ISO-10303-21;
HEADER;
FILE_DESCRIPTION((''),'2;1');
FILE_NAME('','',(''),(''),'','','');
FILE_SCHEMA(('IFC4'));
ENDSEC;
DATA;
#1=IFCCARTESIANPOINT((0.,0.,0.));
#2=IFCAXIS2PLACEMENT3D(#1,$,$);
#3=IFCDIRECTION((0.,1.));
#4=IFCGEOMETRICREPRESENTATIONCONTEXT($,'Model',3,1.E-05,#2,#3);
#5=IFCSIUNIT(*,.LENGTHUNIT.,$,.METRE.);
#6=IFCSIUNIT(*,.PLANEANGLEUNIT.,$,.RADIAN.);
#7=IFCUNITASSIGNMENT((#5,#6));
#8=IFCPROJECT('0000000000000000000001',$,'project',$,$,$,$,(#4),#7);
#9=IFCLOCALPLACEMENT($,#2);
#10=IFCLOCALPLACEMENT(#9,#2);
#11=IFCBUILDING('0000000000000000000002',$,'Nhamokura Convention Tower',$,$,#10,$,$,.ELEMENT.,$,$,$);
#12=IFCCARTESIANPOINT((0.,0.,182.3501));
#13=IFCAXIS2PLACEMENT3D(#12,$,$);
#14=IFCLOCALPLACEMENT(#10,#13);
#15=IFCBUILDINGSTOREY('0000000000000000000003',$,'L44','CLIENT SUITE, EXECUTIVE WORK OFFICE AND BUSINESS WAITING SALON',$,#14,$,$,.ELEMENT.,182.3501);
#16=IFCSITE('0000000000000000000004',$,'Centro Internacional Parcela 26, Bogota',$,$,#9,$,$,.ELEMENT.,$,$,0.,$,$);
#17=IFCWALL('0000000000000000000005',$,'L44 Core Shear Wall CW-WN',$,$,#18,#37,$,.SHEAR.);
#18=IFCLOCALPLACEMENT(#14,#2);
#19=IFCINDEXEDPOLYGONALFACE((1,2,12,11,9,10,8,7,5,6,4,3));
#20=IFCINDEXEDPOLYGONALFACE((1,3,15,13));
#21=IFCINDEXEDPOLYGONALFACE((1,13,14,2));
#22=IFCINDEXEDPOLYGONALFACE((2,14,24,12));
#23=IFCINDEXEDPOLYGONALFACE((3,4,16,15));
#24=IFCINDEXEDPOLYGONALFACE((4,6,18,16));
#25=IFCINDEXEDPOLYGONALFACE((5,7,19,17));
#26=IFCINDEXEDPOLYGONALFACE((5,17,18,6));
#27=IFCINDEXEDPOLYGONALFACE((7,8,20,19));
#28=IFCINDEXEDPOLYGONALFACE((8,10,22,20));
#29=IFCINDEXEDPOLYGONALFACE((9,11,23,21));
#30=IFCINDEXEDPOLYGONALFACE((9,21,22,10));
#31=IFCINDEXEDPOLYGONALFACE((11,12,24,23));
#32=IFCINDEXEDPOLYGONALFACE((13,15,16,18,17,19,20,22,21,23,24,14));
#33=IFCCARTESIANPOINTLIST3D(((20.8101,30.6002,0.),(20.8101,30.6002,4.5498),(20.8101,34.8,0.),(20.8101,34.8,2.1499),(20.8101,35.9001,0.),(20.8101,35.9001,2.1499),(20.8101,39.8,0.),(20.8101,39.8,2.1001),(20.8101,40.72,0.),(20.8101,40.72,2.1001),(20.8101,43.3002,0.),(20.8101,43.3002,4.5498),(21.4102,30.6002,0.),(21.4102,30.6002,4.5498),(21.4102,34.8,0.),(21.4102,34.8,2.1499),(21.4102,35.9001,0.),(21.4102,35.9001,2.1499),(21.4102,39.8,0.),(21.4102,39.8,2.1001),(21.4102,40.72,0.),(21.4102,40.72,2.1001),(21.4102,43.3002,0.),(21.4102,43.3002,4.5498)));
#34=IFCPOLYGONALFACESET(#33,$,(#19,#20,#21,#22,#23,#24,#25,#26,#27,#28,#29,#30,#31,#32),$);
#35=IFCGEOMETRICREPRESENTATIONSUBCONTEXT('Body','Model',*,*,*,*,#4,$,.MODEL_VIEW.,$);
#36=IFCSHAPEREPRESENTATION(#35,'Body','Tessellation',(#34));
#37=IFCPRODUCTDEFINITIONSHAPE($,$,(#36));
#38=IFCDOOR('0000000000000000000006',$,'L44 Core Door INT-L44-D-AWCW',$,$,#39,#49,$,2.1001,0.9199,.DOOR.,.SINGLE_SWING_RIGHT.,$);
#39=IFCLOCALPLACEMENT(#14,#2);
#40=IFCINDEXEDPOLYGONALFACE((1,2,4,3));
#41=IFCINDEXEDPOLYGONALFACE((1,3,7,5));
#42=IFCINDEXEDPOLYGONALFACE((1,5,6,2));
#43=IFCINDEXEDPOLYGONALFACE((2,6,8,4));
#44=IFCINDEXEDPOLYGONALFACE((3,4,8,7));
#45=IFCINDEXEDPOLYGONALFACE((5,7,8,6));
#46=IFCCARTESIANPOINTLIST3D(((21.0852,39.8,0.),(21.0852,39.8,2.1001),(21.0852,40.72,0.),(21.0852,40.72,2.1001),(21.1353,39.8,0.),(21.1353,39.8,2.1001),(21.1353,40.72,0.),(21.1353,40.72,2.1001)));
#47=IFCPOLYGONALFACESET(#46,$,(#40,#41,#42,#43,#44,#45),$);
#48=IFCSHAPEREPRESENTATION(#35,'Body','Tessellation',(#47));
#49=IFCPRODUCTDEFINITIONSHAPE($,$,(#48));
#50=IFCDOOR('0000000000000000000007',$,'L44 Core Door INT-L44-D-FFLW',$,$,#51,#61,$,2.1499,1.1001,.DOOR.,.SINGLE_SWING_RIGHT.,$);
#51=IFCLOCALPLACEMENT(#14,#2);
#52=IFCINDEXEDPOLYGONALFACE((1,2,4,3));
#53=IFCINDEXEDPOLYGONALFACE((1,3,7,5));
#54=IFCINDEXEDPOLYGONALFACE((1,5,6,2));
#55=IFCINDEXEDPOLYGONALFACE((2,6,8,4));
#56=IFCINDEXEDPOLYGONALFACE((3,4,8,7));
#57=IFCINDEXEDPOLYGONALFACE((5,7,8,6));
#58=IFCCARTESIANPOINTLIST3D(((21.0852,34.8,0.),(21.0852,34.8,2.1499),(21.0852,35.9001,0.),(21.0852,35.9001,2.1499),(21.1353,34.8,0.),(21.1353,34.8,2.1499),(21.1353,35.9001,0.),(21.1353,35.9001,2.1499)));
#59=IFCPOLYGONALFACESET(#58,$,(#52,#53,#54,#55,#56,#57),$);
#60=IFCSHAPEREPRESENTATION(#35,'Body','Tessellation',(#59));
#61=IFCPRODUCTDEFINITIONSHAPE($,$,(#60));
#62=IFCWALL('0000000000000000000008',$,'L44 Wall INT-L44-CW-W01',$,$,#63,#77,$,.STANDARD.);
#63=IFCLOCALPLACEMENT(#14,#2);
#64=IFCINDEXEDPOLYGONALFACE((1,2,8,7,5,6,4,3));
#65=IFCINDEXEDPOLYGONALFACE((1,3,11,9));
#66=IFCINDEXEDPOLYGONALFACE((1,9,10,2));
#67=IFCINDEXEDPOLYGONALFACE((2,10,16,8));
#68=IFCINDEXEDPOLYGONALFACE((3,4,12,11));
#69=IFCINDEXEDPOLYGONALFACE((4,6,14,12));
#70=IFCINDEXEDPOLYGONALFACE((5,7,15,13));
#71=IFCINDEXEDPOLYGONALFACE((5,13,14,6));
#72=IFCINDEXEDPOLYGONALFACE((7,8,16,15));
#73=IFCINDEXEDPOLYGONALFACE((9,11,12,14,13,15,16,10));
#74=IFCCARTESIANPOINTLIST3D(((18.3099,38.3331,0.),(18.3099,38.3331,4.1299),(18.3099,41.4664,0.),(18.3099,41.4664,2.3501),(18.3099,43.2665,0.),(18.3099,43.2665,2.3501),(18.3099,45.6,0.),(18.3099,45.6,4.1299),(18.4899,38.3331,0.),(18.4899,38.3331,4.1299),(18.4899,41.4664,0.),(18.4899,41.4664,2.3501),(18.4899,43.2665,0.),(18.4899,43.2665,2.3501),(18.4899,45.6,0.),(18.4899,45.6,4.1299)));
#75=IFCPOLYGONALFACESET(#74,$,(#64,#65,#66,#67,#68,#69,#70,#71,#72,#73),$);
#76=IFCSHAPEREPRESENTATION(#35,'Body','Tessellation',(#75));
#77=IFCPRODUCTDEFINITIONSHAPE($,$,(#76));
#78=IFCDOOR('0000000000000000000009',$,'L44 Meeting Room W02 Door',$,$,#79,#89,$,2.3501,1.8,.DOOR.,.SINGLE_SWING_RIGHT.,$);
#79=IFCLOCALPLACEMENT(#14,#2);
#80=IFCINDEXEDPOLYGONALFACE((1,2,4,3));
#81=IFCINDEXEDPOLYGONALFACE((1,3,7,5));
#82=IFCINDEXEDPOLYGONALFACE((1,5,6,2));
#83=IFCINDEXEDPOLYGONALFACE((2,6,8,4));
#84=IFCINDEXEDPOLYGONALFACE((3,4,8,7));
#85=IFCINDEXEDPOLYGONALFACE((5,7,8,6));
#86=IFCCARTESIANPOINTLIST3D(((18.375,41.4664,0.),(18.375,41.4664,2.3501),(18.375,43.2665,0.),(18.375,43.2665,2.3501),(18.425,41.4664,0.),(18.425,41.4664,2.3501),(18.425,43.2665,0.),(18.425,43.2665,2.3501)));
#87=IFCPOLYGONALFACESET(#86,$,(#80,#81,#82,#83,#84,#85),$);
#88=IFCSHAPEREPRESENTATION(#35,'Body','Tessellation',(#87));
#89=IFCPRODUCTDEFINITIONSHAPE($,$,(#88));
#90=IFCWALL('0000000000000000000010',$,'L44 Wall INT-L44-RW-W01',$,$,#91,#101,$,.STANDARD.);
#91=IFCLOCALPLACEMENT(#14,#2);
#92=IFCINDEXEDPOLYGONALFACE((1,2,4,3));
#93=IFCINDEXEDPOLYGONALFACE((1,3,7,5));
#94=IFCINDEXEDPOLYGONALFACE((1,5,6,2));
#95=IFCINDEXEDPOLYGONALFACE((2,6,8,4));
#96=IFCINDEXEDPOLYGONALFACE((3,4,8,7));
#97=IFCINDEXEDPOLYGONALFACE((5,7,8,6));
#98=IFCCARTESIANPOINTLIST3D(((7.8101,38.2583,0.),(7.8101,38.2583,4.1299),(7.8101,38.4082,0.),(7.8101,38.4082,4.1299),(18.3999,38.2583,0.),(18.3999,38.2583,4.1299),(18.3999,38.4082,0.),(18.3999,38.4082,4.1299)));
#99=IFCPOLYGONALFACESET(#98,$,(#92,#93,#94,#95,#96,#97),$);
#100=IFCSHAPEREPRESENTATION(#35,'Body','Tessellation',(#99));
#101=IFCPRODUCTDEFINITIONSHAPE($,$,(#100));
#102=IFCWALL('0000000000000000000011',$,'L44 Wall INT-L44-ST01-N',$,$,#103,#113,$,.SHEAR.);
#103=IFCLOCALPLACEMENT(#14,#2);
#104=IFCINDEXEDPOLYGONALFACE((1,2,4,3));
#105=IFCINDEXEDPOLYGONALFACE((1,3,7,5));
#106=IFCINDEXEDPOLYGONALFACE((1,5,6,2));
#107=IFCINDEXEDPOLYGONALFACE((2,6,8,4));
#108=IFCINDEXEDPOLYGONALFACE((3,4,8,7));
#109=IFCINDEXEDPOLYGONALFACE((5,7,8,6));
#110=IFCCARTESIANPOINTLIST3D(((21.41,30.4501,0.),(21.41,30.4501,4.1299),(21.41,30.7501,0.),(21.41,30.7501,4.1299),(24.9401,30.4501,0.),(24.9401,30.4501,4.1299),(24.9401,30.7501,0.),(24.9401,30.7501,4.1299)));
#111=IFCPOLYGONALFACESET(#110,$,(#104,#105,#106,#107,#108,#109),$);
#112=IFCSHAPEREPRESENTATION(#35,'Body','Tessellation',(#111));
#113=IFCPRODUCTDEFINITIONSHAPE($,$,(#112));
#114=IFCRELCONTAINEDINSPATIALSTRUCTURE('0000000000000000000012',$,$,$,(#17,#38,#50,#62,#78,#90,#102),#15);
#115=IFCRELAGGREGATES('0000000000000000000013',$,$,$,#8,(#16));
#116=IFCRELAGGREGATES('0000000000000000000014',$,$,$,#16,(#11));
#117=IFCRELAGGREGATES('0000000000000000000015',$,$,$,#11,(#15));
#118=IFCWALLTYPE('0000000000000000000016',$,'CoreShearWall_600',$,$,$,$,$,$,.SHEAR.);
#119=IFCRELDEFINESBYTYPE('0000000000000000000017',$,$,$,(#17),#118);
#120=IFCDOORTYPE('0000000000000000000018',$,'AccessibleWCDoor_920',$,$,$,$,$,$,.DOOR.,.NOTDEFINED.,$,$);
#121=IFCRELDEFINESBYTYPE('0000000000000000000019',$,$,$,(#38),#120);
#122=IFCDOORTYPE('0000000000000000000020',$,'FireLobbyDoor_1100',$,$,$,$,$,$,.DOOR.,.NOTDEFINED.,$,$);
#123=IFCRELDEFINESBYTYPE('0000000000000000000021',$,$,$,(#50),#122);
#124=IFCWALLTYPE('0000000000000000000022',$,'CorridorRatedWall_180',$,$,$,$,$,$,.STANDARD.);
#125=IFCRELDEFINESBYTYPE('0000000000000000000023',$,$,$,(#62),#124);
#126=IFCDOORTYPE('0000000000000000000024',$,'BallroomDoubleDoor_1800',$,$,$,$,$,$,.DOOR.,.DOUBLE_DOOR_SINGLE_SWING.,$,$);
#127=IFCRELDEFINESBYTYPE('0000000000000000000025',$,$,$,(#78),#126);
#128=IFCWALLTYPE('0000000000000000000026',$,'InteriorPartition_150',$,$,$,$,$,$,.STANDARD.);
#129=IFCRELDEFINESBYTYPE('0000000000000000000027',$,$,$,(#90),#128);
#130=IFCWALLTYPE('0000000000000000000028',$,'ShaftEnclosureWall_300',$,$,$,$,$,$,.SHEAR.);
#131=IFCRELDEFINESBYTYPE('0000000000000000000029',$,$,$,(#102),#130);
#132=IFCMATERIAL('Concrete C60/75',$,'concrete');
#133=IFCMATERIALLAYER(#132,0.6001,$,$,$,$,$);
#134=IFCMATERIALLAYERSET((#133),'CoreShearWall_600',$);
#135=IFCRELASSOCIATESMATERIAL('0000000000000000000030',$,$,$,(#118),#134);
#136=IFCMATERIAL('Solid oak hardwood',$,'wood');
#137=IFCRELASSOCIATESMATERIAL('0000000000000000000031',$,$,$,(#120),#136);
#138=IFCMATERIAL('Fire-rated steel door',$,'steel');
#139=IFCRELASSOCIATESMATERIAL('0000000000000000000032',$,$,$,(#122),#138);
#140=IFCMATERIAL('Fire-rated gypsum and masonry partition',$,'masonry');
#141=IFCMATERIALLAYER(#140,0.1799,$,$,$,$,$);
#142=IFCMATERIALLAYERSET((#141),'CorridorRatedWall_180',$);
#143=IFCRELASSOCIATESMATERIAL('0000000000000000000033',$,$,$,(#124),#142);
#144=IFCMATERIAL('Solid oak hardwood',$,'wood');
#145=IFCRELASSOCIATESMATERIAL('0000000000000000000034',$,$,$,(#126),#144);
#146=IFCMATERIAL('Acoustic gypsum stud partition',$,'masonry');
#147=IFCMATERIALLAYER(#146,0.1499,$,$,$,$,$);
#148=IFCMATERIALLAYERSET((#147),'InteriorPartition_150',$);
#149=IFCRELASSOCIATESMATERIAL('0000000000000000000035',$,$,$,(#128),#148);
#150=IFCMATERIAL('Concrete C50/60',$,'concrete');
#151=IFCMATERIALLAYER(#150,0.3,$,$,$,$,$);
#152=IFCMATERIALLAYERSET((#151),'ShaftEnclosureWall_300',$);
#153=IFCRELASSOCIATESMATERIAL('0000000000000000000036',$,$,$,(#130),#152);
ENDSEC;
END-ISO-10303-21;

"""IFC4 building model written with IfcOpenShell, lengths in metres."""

from ifc_helpers import new_model, si_unit, direction, frame, frame_2d, origin, place, context, subcontext, project, spatial, rectangle, extrude, material, layer, layer_set, type_object, element, fill, save


model = new_model("IFC4")

# Units and contexts
model_context = context("Model", 3, precision=1e-05, world=origin(), true_north=direction((0.0, 1.0)))
body_context = subcontext(model_context, "Body", "Model", "MODEL_VIEW")
ifc_project = project(units=[si_unit("LENGTHUNIT", "METRE"), si_unit("PLANEANGLEUNIT", "RADIAN")], contexts=[model_context])

# Site, building, storey
site_placement = place(None, origin())
site = spatial("IfcSite", under=ifc_project, at=site_placement, Name="Centro Internacional Parcela 26, Bogota", CompositionType="ELEMENT", RefElevation=0.0)
building_placement = place(site_placement, origin())
building = spatial("IfcBuilding", under=site, at=building_placement, Name="Nhamokura Convention Tower", CompositionType="ELEMENT")
storey_placement = place(building_placement, frame((0.0, 0.0, 182.3501)))
storey = spatial("IfcBuildingStorey", under=building, at=storey_placement, Name="L44", Description="CLIENT SUITE, EXECUTIVE WORK OFFICE AND BUSINESS WAITING SALON", CompositionType="ELEMENT", Elevation=182.3501)

# Wall, openings, doors
ifc_material_1 = material(Name="Concrete C60/75", Category="concrete")
ifc_layer_1 = layer(ifc_material_1, 0.6001)
ifc_layer_set_1 = layer_set([ifc_layer_1], Name="CoreShearWall_600")
wall_type_1 = type_object("IfcWallType", Name="CoreShearWall_600", PredefinedType="SHEAR", material=ifc_layer_set_1)
wall_1_placement = place(storey_placement, frame((21.1101, 30.6001, 0.0), z_axis=(0.0, 0.0, 1.0), x_axis=(0.0, 1.0, 0.0)))
wall_1 = element("IfcWall", 1, at=wall_1_placement, inside=storey, type_object=wall_type_1, Name="L44 Core Shear Wall CW-WN", PredefinedType="SHEAR", context=body_context, shape_type="SweptSolid", body=[
    extrude(rectangle(XDim=12.7, YDim=0.6001, at=frame_2d((6.3501, 0.0))), origin(), (0.0, 0.0, 1.0), 4.5498),
])
opening_1_placement = place(wall_1_placement, frame((4.2, 0.0, 0.0)))
opening_1 = element("IfcOpeningElement", 2, at=opening_1_placement, cuts=wall_1, PredefinedType="OPENING", context=body_context, shape_type="SweptSolid", body=[
    extrude(rectangle(XDim=1.1001, YDim=2.1499, at=frame_2d((0.55, 1.075))), frame((0.0, 0.3101, 0.0), z_axis=(0.0, -1.0, 0.0), x_axis=(1.0, 0.0, 0.0)), (0.0, 0.0, 1.0), 0.6201),
])
opening_2_placement = place(wall_1_placement, frame((9.2, 0.0, 0.0)))
opening_2 = element("IfcOpeningElement", 3, at=opening_2_placement, cuts=wall_1, PredefinedType="OPENING", context=body_context, shape_type="SweptSolid", body=[
    extrude(rectangle(XDim=0.9199, YDim=2.1001, at=frame_2d((0.46, 1.05))), frame((0.0, 0.3101, 0.0), z_axis=(0.0, -1.0, 0.0), x_axis=(1.0, 0.0, 0.0)), (0.0, 0.0, 1.0), 0.6201),
])
ifc_material_2 = material(Name="Solid oak hardwood", Category="wood")
door_type_1 = type_object("IfcDoorType", Name="AccessibleWCDoor_920", OperationType="NOTDEFINED", PredefinedType="DOOR", material=ifc_material_2)
door_1_placement = place(opening_2_placement, origin())
door_1 = element("IfcDoor", 4, at=door_1_placement, inside=storey, type_object=door_type_1, Name="L44 Core Door INT-L44-D-AWCW", OperationType="SINGLE_SWING_RIGHT", OverallHeight=2.1001, OverallWidth=0.9199, PredefinedType="DOOR", context=body_context, shape_type="SweptSolid", body=[
    extrude(rectangle(XDim=0.9199, YDim=2.1001, at=frame_2d((0.46, 1.05))), frame((0.0, 0.0249, 0.0), z_axis=(0.0, -1.0, 0.0), x_axis=(1.0, 0.0, 0.0)), (0.0, 0.0, 1.0), 0.05),
])
fill(opening_2, door_1)
ifc_material_3 = material(Name="Fire-rated steel door", Category="steel")
door_type_2 = type_object("IfcDoorType", Name="FireLobbyDoor_1100", OperationType="NOTDEFINED", PredefinedType="DOOR", material=ifc_material_3)
door_2_placement = place(opening_1_placement, origin())
door_2 = element("IfcDoor", 5, at=door_2_placement, inside=storey, type_object=door_type_2, Name="L44 Core Door INT-L44-D-FFLW", OperationType="SINGLE_SWING_RIGHT", OverallHeight=2.1499, OverallWidth=1.1001, PredefinedType="DOOR", context=body_context, shape_type="SweptSolid", body=[
    extrude(rectangle(XDim=1.1001, YDim=2.1499, at=frame_2d((0.55, 1.075))), frame((0.0, 0.0249, 0.0), z_axis=(0.0, -1.0, 0.0), x_axis=(1.0, 0.0, 0.0)), (0.0, 0.0, 1.0), 0.05),
])
fill(opening_1, door_2)

# Wall, opening, door
ifc_material_4 = material(Name="Fire-rated gypsum and masonry partition", Category="masonry")
ifc_layer_2 = layer(ifc_material_4, 0.1799)
ifc_layer_set_2 = layer_set([ifc_layer_2], Name="CorridorRatedWall_180")
wall_type_2 = type_object("IfcWallType", Name="CorridorRatedWall_180", PredefinedType="STANDARD", material=ifc_layer_set_2)
wall_2_placement = place(storey_placement, frame((18.3999, 38.3333, 0.0), z_axis=(0.0, 0.0, 1.0), x_axis=(0.0, 1.0, 0.0)))
wall_2 = element("IfcWall", 6, at=wall_2_placement, inside=storey, type_object=wall_type_2, Name="L44 Wall INT-L44-CW-W01", PredefinedType="STANDARD", context=body_context, shape_type="SweptSolid", body=[
    extrude(rectangle(XDim=7.2668, YDim=0.1799, at=frame_2d((3.6333, 0.0))), origin(), (0.0, 0.0, 1.0), 4.1299),
])
opening_3_placement = place(wall_2_placement, frame((3.1333, 0.0, 0.0)))
opening_3 = element("IfcOpeningElement", 7, at=opening_3_placement, cuts=wall_2, PredefinedType="OPENING", context=body_context, shape_type="SweptSolid", body=[
    extrude(rectangle(XDim=1.8, YDim=2.3501, at=frame_2d((0.8999, 1.175))), frame((0.0, 0.0999, 0.0), z_axis=(0.0, -1.0, 0.0), x_axis=(1.0, 0.0, 0.0)), (0.0, 0.0, 1.0), 0.2),
])
ifc_material_5 = material(Name="Solid oak hardwood", Category="wood")
door_type_3 = type_object("IfcDoorType", Name="BallroomDoubleDoor_1800", OperationType="DOUBLE_DOOR_SINGLE_SWING", PredefinedType="DOOR", material=ifc_material_5)
door_3_placement = place(opening_3_placement, origin())
door_3 = element("IfcDoor", 8, at=door_3_placement, inside=storey, type_object=door_type_3, Name="L44 Meeting Room W02 Door", OperationType="SINGLE_SWING_RIGHT", OverallHeight=2.3501, OverallWidth=1.8, PredefinedType="DOOR", context=body_context, shape_type="SweptSolid", body=[
    extrude(rectangle(XDim=1.8, YDim=2.3501, at=frame_2d((0.8999, 1.175))), frame((0.0, 0.0249, 0.0), z_axis=(0.0, -1.0, 0.0), x_axis=(1.0, 0.0, 0.0)), (0.0, 0.0, 1.0), 0.05),
])
fill(opening_3, door_3)

# Walls
ifc_material_6 = material(Name="Acoustic gypsum stud partition", Category="masonry")
ifc_layer_3 = layer(ifc_material_6, 0.1499)
ifc_layer_set_3 = layer_set([ifc_layer_3], Name="InteriorPartition_150")
wall_type_3 = type_object("IfcWallType", Name="InteriorPartition_150", PredefinedType="STANDARD", material=ifc_layer_set_3)
wall_3_placement = place(storey_placement, frame((7.8101, 38.3333, 0.0), z_axis=(0.0, 0.0, 1.0), x_axis=(1.0, 0.0, 0.0)))
element("IfcWall", 9, at=wall_3_placement, inside=storey, type_object=wall_type_3, Name="L44 Wall INT-L44-RW-W01", PredefinedType="STANDARD", context=body_context, shape_type="SweptSolid", body=[
    extrude(rectangle(XDim=10.5898, YDim=0.1499, at=frame_2d((5.2949, 0.0))), origin(), (0.0, 0.0, 1.0), 4.1299),
])
ifc_material_7 = material(Name="Concrete C50/60", Category="concrete")
ifc_layer_4 = layer(ifc_material_7, 0.3)
ifc_layer_set_4 = layer_set([ifc_layer_4], Name="ShaftEnclosureWall_300")
wall_type_4 = type_object("IfcWallType", Name="ShaftEnclosureWall_300", PredefinedType="SHEAR", material=ifc_layer_set_4)
wall_4_placement = place(storey_placement, frame((21.4099, 30.6001, 0.0), z_axis=(0.0, 0.0, 1.0), x_axis=(1.0, 0.0, 0.0)))
element("IfcWall", 10, at=wall_4_placement, inside=storey, type_object=wall_type_4, Name="L44 Wall INT-L44-ST01-N", PredefinedType="SHEAR", context=body_context, shape_type="SweptSolid", body=[
    extrude(rectangle(XDim=3.53, YDim=0.3, at=frame_2d((1.7651, 0.0))), origin(), (0.0, 0.0, 1.0), 4.1299),
])

save(model, "model.ifc")
